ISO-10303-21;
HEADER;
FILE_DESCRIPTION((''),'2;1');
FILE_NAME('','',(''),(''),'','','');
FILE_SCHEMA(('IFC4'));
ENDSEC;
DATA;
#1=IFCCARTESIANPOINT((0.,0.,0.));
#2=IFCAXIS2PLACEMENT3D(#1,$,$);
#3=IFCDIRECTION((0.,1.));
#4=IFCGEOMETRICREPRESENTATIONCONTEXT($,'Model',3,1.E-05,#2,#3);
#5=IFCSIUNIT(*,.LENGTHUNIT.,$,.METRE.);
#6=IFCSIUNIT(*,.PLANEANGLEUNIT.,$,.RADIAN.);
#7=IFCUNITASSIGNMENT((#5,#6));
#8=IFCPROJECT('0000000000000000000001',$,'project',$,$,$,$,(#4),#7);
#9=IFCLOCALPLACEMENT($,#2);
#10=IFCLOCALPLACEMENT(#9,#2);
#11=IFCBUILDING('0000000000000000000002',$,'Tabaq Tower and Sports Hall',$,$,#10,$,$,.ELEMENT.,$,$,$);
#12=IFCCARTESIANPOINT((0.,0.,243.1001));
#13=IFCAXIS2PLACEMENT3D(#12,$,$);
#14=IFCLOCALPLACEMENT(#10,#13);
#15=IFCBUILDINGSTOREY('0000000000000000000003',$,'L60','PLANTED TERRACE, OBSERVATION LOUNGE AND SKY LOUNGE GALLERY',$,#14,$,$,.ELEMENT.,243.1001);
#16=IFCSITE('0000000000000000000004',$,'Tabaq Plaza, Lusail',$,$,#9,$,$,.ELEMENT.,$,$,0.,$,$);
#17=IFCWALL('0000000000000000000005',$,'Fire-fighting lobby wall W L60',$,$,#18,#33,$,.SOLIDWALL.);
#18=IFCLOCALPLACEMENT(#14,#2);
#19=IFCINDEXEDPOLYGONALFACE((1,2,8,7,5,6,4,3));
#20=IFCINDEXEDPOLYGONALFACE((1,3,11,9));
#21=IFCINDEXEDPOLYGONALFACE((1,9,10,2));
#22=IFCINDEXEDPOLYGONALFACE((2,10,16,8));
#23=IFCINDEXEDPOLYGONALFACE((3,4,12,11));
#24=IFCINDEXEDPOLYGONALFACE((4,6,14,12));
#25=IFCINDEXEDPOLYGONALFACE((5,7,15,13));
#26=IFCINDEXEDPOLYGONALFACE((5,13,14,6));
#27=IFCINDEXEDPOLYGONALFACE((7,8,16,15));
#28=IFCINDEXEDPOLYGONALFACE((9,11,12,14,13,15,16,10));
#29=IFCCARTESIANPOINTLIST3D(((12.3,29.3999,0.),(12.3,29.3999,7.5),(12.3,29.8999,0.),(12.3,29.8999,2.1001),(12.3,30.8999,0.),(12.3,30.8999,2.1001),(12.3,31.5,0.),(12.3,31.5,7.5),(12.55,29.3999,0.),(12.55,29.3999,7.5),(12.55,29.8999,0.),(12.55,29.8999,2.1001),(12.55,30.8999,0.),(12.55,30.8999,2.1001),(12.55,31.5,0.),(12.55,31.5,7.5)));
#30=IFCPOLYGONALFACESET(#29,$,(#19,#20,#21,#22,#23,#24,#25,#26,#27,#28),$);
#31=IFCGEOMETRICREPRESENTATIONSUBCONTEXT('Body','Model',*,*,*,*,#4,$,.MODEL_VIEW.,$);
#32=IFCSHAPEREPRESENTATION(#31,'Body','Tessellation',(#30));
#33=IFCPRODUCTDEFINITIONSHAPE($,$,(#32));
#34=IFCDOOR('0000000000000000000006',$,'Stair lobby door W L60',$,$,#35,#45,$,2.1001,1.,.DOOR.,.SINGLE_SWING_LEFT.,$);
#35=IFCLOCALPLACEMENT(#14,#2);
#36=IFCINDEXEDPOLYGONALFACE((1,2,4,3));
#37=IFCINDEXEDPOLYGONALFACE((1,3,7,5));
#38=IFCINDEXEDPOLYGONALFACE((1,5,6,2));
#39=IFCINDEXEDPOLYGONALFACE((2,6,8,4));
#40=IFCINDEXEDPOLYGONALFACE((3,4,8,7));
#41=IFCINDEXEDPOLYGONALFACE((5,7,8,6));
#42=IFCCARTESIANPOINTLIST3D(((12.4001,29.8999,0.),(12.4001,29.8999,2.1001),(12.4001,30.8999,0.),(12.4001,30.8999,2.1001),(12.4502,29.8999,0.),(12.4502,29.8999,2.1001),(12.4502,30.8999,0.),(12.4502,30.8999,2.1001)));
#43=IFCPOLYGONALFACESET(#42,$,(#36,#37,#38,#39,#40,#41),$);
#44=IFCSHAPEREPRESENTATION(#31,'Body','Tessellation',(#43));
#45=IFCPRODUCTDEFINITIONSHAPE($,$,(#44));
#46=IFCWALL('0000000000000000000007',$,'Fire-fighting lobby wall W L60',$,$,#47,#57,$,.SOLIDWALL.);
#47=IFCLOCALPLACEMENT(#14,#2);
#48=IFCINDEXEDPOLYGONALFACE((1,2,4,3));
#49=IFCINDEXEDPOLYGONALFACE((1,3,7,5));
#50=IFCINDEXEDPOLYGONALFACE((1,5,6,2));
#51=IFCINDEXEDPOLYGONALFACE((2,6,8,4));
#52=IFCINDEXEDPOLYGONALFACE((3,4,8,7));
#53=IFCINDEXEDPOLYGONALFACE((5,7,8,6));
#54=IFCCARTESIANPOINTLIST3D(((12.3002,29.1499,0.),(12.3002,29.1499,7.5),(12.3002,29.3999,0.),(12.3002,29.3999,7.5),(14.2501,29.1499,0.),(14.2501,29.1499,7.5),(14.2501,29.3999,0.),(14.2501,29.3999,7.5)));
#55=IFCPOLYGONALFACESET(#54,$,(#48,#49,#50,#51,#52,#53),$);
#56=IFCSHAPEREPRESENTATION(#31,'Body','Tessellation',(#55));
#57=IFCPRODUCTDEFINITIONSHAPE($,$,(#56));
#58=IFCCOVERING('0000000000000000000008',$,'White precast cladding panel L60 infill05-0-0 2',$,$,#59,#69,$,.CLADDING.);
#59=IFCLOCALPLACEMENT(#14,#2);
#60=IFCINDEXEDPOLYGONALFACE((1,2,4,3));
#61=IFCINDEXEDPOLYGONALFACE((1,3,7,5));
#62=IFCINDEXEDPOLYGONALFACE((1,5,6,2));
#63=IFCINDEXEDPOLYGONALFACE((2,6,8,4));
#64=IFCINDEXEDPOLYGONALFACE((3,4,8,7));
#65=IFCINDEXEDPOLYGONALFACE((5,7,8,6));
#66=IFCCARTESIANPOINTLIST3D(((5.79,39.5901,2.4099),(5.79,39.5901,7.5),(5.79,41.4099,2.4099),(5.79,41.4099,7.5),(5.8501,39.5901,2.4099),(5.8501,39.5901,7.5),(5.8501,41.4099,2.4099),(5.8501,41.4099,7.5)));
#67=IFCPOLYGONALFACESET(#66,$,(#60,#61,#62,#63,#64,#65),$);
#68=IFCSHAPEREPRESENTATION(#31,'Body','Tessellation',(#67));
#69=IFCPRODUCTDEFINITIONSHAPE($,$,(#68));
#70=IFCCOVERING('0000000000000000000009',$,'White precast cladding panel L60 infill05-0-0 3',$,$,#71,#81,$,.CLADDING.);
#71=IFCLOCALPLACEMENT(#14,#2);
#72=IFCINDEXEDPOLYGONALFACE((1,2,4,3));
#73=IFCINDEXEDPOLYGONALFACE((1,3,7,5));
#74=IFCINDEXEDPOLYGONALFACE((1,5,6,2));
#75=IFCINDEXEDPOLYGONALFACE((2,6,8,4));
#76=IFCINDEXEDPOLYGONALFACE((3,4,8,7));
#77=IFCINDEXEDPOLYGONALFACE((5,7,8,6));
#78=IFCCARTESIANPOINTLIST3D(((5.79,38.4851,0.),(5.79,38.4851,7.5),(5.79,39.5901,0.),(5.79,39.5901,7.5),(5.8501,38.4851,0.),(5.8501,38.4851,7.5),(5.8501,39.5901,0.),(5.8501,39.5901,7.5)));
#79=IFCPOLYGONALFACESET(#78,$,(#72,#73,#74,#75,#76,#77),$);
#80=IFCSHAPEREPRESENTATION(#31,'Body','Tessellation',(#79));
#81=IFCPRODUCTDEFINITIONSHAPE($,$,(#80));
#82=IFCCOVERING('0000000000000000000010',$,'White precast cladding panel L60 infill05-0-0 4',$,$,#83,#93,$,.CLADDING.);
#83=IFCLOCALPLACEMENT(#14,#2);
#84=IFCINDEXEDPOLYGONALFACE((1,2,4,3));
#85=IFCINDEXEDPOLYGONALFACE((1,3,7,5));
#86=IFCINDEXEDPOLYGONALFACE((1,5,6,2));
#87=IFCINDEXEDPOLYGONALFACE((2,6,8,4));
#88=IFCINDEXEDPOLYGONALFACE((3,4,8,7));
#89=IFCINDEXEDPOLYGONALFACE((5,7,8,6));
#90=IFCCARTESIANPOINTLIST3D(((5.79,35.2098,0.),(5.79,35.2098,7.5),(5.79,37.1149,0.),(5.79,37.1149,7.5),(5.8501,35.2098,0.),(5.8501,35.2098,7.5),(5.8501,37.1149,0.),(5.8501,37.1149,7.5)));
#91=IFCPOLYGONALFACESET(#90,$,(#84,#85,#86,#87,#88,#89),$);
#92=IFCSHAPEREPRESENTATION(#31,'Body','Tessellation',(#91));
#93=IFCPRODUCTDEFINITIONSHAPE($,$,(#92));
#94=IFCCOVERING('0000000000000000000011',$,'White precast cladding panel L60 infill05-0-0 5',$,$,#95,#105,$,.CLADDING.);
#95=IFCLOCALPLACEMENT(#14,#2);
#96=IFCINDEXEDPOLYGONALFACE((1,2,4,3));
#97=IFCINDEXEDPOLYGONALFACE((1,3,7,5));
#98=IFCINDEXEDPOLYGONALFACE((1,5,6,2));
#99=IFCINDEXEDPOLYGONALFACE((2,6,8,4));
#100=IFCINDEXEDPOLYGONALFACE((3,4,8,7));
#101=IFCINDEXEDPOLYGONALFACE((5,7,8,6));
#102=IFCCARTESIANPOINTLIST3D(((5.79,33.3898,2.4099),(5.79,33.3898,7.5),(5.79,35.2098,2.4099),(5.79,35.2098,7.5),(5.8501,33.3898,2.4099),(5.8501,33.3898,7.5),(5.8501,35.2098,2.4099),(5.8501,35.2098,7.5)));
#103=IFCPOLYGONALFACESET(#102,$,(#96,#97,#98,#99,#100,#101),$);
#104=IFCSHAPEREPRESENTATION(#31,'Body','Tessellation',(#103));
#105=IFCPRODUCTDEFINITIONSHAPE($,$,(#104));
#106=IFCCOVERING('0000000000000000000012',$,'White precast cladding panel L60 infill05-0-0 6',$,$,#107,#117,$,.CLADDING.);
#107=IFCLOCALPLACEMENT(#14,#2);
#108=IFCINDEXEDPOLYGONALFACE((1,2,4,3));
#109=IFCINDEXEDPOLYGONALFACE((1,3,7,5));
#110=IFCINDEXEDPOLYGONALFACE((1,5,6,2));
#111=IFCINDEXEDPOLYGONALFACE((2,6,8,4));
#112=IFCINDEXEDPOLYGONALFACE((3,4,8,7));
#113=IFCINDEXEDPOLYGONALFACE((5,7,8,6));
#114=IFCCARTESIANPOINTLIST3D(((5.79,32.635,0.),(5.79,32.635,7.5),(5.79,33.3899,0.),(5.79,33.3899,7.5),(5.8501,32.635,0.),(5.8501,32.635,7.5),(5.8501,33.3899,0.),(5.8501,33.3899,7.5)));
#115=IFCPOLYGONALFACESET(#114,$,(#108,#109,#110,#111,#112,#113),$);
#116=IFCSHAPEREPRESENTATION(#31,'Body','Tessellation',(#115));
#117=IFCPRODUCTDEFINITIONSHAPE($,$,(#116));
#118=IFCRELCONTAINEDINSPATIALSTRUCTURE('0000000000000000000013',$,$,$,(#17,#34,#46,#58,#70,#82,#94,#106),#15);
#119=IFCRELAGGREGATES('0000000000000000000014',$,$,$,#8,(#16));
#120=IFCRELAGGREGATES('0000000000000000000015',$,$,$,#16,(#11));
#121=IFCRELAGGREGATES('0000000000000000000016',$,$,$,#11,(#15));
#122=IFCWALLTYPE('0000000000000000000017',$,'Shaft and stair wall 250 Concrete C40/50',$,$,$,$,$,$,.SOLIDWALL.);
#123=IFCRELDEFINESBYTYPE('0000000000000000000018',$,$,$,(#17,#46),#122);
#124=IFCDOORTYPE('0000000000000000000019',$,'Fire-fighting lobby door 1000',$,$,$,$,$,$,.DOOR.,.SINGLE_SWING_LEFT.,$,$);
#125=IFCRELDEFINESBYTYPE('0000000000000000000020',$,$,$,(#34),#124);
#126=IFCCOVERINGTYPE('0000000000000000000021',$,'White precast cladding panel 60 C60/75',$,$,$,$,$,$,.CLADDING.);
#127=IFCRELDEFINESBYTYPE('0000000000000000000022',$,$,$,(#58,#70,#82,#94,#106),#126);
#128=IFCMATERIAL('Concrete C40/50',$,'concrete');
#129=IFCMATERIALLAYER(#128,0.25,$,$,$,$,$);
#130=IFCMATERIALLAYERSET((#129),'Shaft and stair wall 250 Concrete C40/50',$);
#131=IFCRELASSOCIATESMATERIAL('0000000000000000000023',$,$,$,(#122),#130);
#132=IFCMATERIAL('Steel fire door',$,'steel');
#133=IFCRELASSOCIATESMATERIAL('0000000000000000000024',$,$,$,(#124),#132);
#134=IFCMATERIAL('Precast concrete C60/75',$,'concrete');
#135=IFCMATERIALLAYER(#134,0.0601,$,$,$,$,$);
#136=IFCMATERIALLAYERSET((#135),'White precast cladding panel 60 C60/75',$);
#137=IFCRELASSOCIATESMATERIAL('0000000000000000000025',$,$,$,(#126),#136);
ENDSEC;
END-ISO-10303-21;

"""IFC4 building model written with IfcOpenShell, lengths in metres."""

from ifc_helpers import new_model, si_unit, direction, frame, frame_2d, origin, place, context, subcontext, project, spatial, rectangle, extrude, material, layer, layer_set, type_object, element, fill, save


model = new_model("IFC4")

# Units and contexts
model_context = context("Model", 3, precision=1e-05, world=origin(), true_north=direction((0.0, 1.0)))
body_context = subcontext(model_context, "Body", "Model", "MODEL_VIEW")
ifc_project = project(units=[si_unit("LENGTHUNIT", "METRE"), si_unit("PLANEANGLEUNIT", "RADIAN")], contexts=[model_context])

# Site, building, storey
site_placement = place(None, origin())
site = spatial("IfcSite", under=ifc_project, at=site_placement, Name="Tabaq Plaza, Lusail", CompositionType="ELEMENT", RefElevation=0.0)
building_placement = place(site_placement, origin())
building = spatial("IfcBuilding", under=site, at=building_placement, Name="Tabaq Tower and Sports Hall", CompositionType="ELEMENT")
storey_placement = place(building_placement, frame((0.0, 0.0, 243.1001)))
storey = spatial("IfcBuildingStorey", under=building, at=storey_placement, Name="L60", Description="PLANTED TERRACE, OBSERVATION LOUNGE AND SKY LOUNGE GALLERY", CompositionType="ELEMENT", Elevation=243.1001)

# Wall, opening, door
ifc_material_1 = material(Name="Concrete C40/50", Category="concrete")
ifc_layer_1 = layer(ifc_material_1, 0.25)
ifc_layer_set_1 = layer_set([ifc_layer_1], Name="Shaft and stair wall 250 Concrete C40/50")
wall_type_1 = type_object("IfcWallType", Name="Shaft and stair wall 250 Concrete C40/50", PredefinedType="SOLIDWALL", material=ifc_layer_set_1)
wall_1_placement = place(storey_placement, frame((12.425, 29.3999, 0.0), z_axis=(0.0, 0.0, 1.0), x_axis=(0.0, 1.0, 0.0)))
wall_1 = element("IfcWall", 1, at=wall_1_placement, inside=storey, type_object=wall_type_1, Name="Fire-fighting lobby wall W L60", PredefinedType="SOLIDWALL", context=body_context, shape_type="SweptSolid", body=[
    extrude(rectangle(XDim=2.1001, YDim=0.25, at=frame_2d((1.05, 0.0))), origin(), (0.0, 0.0, 1.0), 7.5),
])
opening_1_placement = place(wall_1_placement, frame((0.5, 0.0, 0.0)))
opening_1 = element("IfcOpeningElement", 2, at=opening_1_placement, cuts=wall_1, PredefinedType="OPENING", context=body_context, shape_type="SweptSolid", body=[
    extrude(rectangle(XDim=1.0, YDim=2.1001, at=frame_2d((0.5, 1.05))), frame((0.0, 0.125, 0.0), z_axis=(0.0, -1.0, 0.0), x_axis=(1.0, 0.0, 0.0)), (0.0, 0.0, 1.0), 0.25),
])
ifc_material_2 = material(Name="Steel fire door", Category="steel")
door_type_1 = type_object("IfcDoorType", Name="Fire-fighting lobby door 1000", OperationType="SINGLE_SWING_LEFT", PredefinedType="DOOR", material=ifc_material_2)
door_1_placement = place(opening_1_placement, origin())
door_1 = element("IfcDoor", 3, at=door_1_placement, inside=storey, type_object=door_type_1, Name="Stair lobby door W L60", OperationType="SINGLE_SWING_LEFT", OverallHeight=2.1001, OverallWidth=1.0, PredefinedType="DOOR", context=body_context, shape_type="SweptSolid", body=[
    extrude(rectangle(XDim=1.0, YDim=2.1001, at=frame_2d((0.5, 1.05))), frame((0.0, 0.0249, 0.0), z_axis=(0.0, -1.0, 0.0), x_axis=(1.0, 0.0, 0.0)), (0.0, 0.0, 1.0), 0.05),
])
fill(opening_1, door_1)

# Wall
wall_2_placement = place(storey_placement, frame((12.3, 29.2749, 0.0), z_axis=(0.0, 0.0, 1.0), x_axis=(1.0, 0.0, 0.0)))
element("IfcWall", 4, at=wall_2_placement, inside=storey, type_object=wall_type_1, Name="Fire-fighting lobby wall W L60", PredefinedType="SOLIDWALL", context=body_context, shape_type="SweptSolid", body=[
    extrude(rectangle(XDim=1.95, YDim=0.25, at=frame_2d((0.9751, 0.0))), origin(), (0.0, 0.0, 1.0), 7.5),
])

# Coverings
ifc_material_3 = material(Name="Precast concrete C60/75", Category="concrete")
ifc_layer_2 = layer(ifc_material_3, 0.0601)
ifc_layer_set_2 = layer_set([ifc_layer_2], Name="White precast cladding panel 60 C60/75")
covering_type = type_object("IfcCoveringType", Name="White precast cladding panel 60 C60/75", PredefinedType="CLADDING", material=ifc_layer_set_2)
covering_1_placement = place(storey_placement, frame((5.8201, 41.4099, 2.4099), z_axis=(0.0, 0.0, 1.0), x_axis=(0.0, -1.0, 0.0)))
element("IfcCovering", 5, at=covering_1_placement, inside=storey, type_object=covering_type, Name="White precast cladding panel L60 infill05-0-0 2", PredefinedType="CLADDING", context=body_context, shape_type="SweptSolid", body=[
    extrude(rectangle(XDim=1.8198, YDim=0.0601, at=frame_2d((0.9099, 0.0))), origin(), (0.0, 0.0, 1.0), 5.0901),
])
covering_2_placement = place(storey_placement, frame((5.8201, 39.5901, 0.0), z_axis=(0.0, 0.0, 1.0), x_axis=(0.0, -1.0, 0.0)))
element("IfcCovering", 6, at=covering_2_placement, inside=storey, type_object=covering_type, Name="White precast cladding panel L60 infill05-0-0 3", PredefinedType="CLADDING", context=body_context, shape_type="SweptSolid", body=[
    extrude(rectangle(XDim=1.105, YDim=0.0601, at=frame_2d((0.5525, 0.0))), origin(), (0.0, 0.0, 1.0), 7.5),
])
covering_3_placement = place(storey_placement, frame((5.8201, 37.115, 0.0), z_axis=(0.0, 0.0, 1.0), x_axis=(0.0, -1.0, 0.0)))
element("IfcCovering", 7, at=covering_3_placement, inside=storey, type_object=covering_type, Name="White precast cladding panel L60 infill05-0-0 4", PredefinedType="CLADDING", context=body_context, shape_type="SweptSolid", body=[
    extrude(rectangle(XDim=1.905, YDim=0.0601, at=frame_2d((0.9526, 0.0))), origin(), (0.0, 0.0, 1.0), 7.5),
])
covering_4_placement = place(storey_placement, frame((5.8201, 35.21, 2.4099), z_axis=(0.0, 0.0, 1.0), x_axis=(0.0, -1.0, 0.0)))
element("IfcCovering", 8, at=covering_4_placement, inside=storey, type_object=covering_type, Name="White precast cladding panel L60 infill05-0-0 5", PredefinedType="CLADDING", context=body_context, shape_type="SweptSolid", body=[
    extrude(rectangle(XDim=1.8201, YDim=0.0601, at=frame_2d((0.9102, 0.0))), origin(), (0.0, 0.0, 1.0), 5.0901),
])
covering_5_placement = place(storey_placement, frame((5.8201, 33.3899, 0.0), z_axis=(0.0, 0.0, 1.0), x_axis=(0.0, -1.0, 0.0)))
element("IfcCovering", 9, at=covering_5_placement, inside=storey, type_object=covering_type, Name="White precast cladding panel L60 infill05-0-0 6", PredefinedType="CLADDING", context=body_context, shape_type="SweptSolid", body=[
    extrude(rectangle(XDim=0.7549, YDim=0.0601, at=frame_2d((0.3774, 0.0))), origin(), (0.0, 0.0, 1.0), 7.5),
])

save(model, "model.ifc")
